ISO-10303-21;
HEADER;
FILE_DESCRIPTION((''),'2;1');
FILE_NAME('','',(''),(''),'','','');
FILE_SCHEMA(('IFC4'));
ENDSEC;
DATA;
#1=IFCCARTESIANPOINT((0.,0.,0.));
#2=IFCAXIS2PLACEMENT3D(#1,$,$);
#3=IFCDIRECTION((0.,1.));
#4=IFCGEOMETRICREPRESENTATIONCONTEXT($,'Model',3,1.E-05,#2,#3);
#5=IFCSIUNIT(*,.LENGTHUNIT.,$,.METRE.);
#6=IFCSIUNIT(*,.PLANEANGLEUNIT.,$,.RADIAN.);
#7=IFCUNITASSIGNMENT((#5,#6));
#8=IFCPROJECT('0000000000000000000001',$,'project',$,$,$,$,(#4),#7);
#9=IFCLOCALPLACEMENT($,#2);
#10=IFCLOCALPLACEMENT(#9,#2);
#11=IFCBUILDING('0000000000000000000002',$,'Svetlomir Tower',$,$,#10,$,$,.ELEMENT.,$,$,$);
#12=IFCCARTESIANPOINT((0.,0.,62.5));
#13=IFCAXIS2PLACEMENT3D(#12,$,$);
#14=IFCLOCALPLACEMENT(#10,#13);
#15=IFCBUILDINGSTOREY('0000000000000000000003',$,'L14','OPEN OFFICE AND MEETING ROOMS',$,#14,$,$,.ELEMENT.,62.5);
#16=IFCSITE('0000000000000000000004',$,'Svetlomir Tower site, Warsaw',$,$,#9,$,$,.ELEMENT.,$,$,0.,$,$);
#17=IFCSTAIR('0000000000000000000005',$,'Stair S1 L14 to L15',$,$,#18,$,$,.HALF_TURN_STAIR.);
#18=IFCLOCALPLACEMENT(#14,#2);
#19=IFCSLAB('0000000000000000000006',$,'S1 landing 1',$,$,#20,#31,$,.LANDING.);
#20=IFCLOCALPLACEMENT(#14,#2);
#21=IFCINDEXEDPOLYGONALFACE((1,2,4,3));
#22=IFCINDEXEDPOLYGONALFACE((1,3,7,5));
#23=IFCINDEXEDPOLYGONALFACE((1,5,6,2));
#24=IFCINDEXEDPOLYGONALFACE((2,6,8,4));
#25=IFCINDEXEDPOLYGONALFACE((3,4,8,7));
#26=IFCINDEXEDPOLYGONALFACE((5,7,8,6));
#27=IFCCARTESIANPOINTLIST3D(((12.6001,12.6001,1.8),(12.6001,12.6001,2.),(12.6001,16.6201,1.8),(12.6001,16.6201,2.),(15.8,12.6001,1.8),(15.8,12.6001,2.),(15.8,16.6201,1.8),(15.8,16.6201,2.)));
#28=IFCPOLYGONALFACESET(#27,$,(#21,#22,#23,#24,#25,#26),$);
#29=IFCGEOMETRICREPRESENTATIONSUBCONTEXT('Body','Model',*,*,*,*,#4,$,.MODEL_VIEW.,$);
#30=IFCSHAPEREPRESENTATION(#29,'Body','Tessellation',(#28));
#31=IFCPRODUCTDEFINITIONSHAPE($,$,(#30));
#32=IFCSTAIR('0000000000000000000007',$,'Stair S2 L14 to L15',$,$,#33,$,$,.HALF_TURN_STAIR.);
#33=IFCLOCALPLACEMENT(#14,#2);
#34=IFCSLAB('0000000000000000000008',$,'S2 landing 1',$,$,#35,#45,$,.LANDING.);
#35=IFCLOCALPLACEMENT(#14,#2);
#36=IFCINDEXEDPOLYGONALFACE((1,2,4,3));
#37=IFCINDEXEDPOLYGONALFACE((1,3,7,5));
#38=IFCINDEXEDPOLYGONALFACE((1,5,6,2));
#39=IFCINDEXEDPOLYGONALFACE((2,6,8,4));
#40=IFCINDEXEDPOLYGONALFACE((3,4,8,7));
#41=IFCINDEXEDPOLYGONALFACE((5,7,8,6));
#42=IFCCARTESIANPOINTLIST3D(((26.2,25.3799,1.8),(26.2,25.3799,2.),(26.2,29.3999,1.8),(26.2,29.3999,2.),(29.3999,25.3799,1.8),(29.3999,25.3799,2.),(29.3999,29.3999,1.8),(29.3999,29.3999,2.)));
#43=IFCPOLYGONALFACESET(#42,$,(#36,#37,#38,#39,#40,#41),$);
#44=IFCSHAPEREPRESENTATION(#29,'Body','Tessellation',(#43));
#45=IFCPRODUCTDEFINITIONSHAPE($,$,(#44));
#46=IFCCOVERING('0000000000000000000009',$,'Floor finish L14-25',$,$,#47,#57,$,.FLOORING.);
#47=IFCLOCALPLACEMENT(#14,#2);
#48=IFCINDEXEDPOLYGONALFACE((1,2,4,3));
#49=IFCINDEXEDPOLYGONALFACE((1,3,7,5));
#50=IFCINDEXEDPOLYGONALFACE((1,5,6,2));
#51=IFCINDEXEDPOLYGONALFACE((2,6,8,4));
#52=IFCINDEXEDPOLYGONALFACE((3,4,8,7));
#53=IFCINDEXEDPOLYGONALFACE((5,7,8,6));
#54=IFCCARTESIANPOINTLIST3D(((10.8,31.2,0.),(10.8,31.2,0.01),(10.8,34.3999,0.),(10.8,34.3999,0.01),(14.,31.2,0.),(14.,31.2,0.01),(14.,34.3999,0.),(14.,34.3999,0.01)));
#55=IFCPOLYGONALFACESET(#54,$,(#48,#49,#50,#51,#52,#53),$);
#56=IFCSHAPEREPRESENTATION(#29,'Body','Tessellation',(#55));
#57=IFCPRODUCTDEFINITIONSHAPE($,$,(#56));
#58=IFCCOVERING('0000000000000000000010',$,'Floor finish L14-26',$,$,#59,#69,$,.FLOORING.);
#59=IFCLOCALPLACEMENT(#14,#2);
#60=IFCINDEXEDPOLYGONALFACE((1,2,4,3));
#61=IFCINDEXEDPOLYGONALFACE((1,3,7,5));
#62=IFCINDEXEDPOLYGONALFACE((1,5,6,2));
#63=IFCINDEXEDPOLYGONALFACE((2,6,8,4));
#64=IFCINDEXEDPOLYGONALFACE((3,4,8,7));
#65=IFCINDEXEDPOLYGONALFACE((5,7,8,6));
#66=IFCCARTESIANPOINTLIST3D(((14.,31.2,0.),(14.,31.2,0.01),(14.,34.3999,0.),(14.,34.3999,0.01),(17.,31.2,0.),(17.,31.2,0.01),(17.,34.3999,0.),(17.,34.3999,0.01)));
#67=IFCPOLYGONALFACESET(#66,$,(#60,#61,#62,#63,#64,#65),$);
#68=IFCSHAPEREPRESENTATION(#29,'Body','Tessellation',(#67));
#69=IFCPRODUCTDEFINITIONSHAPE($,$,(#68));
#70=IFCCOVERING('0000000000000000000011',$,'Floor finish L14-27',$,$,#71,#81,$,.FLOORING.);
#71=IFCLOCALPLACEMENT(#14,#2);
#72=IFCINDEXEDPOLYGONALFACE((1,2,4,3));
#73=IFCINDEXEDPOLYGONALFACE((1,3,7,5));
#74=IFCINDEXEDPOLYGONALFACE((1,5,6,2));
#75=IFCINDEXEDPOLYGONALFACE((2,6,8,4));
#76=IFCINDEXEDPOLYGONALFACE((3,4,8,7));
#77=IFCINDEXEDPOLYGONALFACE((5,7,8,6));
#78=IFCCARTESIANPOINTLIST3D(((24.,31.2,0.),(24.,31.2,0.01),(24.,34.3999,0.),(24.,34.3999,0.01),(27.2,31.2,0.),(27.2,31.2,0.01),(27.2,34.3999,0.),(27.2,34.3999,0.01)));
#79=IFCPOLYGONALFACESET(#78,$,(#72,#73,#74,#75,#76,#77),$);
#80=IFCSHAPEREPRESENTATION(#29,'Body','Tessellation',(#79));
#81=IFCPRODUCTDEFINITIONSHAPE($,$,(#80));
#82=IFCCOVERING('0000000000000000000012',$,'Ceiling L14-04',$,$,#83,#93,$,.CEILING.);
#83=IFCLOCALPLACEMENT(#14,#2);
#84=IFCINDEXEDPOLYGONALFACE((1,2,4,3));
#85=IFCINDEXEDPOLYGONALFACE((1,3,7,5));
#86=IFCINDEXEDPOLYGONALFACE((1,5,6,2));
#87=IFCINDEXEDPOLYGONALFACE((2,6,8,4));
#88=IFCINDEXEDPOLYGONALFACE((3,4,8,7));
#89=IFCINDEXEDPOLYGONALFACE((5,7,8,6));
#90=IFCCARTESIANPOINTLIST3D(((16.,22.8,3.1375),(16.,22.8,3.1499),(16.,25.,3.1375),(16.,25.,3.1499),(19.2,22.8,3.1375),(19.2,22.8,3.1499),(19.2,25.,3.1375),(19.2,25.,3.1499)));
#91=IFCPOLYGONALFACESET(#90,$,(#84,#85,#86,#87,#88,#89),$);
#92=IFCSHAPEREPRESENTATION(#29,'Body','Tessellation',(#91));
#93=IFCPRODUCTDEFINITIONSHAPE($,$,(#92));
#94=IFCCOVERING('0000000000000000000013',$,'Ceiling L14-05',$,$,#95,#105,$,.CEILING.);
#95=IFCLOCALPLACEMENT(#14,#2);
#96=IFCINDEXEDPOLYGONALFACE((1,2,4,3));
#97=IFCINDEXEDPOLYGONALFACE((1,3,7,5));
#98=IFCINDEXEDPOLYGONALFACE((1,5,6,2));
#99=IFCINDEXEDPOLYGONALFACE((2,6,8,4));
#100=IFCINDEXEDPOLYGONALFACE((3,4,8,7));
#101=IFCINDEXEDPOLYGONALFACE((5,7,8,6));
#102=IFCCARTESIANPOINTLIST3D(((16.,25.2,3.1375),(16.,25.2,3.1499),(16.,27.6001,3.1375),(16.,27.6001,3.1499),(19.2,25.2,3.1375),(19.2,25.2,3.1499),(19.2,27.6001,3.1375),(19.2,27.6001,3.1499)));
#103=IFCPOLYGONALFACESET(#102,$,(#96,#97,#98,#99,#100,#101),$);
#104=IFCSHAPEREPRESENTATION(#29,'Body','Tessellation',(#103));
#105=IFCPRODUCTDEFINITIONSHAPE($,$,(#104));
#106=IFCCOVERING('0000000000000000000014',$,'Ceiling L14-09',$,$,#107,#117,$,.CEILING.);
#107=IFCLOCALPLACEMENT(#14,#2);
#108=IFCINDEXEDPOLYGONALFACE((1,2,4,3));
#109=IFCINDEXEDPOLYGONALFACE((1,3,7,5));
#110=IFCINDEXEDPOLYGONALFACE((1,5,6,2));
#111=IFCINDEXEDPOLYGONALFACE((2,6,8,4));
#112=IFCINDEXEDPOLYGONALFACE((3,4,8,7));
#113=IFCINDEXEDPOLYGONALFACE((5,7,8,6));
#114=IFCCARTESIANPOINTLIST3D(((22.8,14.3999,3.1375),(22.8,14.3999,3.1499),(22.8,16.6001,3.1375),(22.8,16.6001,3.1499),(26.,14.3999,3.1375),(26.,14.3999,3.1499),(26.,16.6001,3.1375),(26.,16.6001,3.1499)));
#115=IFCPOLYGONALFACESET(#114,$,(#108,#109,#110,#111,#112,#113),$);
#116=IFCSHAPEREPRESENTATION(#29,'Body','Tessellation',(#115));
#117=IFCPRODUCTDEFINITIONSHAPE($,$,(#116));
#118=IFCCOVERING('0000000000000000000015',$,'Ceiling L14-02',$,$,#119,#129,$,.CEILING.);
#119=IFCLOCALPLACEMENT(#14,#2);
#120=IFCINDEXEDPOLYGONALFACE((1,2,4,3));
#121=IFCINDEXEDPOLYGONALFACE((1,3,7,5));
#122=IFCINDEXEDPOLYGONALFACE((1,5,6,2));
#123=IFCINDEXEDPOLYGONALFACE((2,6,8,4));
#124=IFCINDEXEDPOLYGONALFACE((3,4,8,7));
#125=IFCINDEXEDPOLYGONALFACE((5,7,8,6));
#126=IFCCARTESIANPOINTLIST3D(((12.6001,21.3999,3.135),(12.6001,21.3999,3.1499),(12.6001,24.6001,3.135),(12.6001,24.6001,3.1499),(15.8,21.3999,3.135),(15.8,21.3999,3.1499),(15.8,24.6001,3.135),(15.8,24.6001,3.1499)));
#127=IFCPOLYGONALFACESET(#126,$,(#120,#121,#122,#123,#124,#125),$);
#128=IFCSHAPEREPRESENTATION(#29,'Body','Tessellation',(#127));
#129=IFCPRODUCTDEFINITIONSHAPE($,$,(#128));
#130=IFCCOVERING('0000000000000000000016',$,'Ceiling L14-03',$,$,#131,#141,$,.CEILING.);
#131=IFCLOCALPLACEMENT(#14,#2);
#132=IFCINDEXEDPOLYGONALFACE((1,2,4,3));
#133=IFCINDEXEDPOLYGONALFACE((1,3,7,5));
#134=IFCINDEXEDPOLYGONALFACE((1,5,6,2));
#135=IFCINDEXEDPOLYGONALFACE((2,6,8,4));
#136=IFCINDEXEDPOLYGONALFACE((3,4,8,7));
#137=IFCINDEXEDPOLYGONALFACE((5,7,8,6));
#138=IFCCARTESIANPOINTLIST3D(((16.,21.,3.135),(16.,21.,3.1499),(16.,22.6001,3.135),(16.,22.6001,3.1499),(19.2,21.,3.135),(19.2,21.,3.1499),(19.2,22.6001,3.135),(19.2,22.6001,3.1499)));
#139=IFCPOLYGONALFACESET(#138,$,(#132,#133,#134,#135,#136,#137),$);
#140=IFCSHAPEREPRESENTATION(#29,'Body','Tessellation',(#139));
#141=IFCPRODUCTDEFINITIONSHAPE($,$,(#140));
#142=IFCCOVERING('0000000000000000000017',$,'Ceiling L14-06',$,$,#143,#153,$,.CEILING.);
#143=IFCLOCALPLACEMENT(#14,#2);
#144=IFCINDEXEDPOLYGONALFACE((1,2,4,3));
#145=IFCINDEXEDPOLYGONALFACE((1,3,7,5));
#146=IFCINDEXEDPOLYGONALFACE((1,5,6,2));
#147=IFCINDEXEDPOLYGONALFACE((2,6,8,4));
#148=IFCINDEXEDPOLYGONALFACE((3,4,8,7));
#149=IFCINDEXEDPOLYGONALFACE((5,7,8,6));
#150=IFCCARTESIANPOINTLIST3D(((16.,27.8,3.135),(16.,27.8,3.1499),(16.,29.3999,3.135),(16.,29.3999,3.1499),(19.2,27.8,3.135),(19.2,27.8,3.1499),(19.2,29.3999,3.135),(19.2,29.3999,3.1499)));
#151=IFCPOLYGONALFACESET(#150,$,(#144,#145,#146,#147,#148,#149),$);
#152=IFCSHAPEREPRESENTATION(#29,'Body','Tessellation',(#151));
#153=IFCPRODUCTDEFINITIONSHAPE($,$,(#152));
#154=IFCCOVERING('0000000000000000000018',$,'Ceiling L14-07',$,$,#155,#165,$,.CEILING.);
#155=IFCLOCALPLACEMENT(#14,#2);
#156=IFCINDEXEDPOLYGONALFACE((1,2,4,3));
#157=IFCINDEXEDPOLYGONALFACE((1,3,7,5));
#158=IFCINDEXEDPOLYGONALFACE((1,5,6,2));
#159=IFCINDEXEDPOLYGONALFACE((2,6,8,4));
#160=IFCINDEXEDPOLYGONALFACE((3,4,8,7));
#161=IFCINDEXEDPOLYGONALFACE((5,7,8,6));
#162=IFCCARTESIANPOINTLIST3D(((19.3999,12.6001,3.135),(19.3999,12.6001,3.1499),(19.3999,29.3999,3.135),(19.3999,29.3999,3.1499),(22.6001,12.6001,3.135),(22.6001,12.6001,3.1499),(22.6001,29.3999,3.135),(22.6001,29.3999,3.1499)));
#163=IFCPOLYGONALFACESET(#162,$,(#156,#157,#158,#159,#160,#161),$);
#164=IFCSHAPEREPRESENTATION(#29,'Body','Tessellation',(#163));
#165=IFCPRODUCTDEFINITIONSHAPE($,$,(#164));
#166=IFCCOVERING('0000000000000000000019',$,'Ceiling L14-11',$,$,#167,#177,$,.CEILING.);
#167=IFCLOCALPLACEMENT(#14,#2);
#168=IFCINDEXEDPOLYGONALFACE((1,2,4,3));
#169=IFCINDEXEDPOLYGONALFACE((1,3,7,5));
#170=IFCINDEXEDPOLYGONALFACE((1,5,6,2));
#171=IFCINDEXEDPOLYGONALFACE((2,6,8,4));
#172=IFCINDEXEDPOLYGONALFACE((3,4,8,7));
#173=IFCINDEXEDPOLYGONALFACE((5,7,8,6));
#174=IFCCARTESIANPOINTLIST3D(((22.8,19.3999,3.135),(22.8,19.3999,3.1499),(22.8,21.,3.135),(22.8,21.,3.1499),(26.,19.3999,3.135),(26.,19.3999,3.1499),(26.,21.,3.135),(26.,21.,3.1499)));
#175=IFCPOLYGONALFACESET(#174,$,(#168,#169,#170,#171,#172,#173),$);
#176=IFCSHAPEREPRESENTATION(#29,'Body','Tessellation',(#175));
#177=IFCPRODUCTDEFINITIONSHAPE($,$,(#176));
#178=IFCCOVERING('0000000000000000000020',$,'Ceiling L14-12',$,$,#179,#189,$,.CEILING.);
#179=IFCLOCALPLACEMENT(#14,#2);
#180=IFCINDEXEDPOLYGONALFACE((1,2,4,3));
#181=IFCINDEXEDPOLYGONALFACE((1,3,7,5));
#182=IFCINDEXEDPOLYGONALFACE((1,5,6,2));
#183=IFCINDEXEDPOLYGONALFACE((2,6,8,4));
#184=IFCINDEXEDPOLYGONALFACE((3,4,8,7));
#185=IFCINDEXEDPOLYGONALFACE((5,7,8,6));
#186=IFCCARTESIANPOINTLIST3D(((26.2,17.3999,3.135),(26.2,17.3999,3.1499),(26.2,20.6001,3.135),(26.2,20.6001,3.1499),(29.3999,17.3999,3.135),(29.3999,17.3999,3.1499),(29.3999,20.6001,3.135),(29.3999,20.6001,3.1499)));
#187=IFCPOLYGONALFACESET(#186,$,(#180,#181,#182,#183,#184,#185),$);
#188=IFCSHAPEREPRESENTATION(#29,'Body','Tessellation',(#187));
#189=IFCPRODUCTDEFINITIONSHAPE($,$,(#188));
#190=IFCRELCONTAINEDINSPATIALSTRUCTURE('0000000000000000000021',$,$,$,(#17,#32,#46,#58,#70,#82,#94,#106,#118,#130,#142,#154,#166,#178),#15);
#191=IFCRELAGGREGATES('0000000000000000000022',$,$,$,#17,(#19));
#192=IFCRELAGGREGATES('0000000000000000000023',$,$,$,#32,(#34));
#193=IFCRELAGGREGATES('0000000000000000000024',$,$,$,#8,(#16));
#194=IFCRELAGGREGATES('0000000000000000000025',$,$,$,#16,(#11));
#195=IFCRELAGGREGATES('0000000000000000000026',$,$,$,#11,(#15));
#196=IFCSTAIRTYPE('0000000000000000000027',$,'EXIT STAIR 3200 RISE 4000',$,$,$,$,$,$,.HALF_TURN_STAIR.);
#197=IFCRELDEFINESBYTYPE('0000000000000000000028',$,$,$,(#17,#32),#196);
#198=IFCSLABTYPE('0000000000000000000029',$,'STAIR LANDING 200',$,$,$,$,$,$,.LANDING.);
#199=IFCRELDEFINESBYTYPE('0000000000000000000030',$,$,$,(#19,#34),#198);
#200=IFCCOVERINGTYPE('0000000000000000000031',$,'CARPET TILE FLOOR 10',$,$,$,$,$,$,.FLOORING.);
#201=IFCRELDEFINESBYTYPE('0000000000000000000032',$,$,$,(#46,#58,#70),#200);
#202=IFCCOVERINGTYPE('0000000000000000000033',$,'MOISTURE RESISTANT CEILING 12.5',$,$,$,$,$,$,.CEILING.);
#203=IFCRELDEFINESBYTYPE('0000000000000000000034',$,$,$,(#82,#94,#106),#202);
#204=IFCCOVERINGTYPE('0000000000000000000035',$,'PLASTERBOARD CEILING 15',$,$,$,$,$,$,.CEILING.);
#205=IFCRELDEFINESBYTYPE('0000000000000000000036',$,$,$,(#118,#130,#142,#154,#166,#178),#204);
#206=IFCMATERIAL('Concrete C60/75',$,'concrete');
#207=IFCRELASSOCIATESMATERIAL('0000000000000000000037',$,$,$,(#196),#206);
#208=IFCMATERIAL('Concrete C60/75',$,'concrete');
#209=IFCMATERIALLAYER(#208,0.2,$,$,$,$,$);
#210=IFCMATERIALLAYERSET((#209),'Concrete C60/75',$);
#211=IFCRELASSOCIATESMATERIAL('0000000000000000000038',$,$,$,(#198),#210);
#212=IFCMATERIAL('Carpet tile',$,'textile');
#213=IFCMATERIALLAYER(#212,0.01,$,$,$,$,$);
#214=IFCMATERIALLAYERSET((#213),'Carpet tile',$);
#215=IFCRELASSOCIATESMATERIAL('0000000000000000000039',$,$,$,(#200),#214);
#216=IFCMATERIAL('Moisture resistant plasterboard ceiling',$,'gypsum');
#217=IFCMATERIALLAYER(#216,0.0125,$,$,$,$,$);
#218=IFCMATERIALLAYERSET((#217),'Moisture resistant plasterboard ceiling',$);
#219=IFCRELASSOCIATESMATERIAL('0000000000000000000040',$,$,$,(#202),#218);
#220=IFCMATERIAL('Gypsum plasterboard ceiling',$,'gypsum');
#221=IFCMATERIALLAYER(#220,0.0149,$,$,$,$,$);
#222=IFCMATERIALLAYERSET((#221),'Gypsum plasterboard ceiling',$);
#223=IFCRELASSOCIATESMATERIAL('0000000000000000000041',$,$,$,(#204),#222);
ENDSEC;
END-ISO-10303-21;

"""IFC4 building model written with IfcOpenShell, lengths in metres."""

from ifc_helpers import new_model, si_unit, direction, frame, origin, place, context, subcontext, project, spatial, polyline, outline, extrude, material, layer, layer_set, type_object, element, aggregate, save


model = new_model("IFC4")

# Units and contexts
model_context = context("Model", 3, precision=1e-05, world=origin(), true_north=direction((0.0, 1.0)))
body_context = subcontext(model_context, "Body", "Model", "MODEL_VIEW")
ifc_project = project(units=[si_unit("LENGTHUNIT", "METRE"), si_unit("PLANEANGLEUNIT", "RADIAN")], contexts=[model_context])

# Site, building, storey
site_placement = place(None, origin())
site = spatial("IfcSite", under=ifc_project, at=site_placement, Name="Svetlomir Tower site, Warsaw", CompositionType="ELEMENT", RefElevation=0.0)
building_placement = place(site_placement, origin())
building = spatial("IfcBuilding", under=site, at=building_placement, Name="Svetlomir Tower", CompositionType="ELEMENT")
storey_placement = place(building_placement, frame((0.0, 0.0, 62.5)))
storey = spatial("IfcBuildingStorey", under=building, at=storey_placement, Name="L14", Description="OPEN OFFICE AND MEETING ROOMS", CompositionType="ELEMENT", Elevation=62.5)

# Stairs, slabs
ifc_material_1 = material(Name="Concrete C60/75", Category="concrete")
stair_type = type_object("IfcStairType", Name="EXIT STAIR 3200 RISE 4000", PredefinedType="HALF_TURN_STAIR", material=ifc_material_1)
stair_1_placement = place(storey_placement, origin())
stair_1 = element("IfcStair", 1, at=stair_1_placement, inside=storey, type_object=stair_type, Name="Stair S1 L14 to L15", PredefinedType="HALF_TURN_STAIR")
ifc_material_2 = material(Name="Concrete C60/75", Category="concrete")
ifc_layer_1 = layer(ifc_material_2, 0.2)
ifc_layer_set_1 = layer_set([ifc_layer_1], Name="Concrete C60/75")
slab_type = type_object("IfcSlabType", Name="STAIR LANDING 200", PredefinedType="LANDING", material=ifc_layer_set_1)
slab_1_placement = place(storey_placement, frame((0.0, 0.0, 1.8)))
slab_1 = element("IfcSlab", 2, at=slab_1_placement, type_object=slab_type, Name="S1 landing 1", PredefinedType="LANDING", context=body_context, shape_type="SweptSolid", body=[
    extrude(outline(polyline([(12.6001, 12.6001), (15.8, 12.6001), (15.8, 16.6201), (12.6001, 16.6201), (12.6001, 12.6001)])), origin(), (0.0, 0.0, 1.0), 0.2),
])
aggregate(stair_1, [slab_1])
stair_2_placement = place(storey_placement, origin())
stair_2 = element("IfcStair", 3, at=stair_2_placement, inside=storey, type_object=stair_type, Name="Stair S2 L14 to L15", PredefinedType="HALF_TURN_STAIR")
slab_2_placement = place(storey_placement, frame((0.0, 0.0, 1.8)))
slab_2 = element("IfcSlab", 4, at=slab_2_placement, type_object=slab_type, Name="S2 landing 1", PredefinedType="LANDING", context=body_context, shape_type="SweptSolid", body=[
    extrude(outline(polyline([(26.2, 25.3799), (29.3999, 25.3799), (29.3999, 29.3999), (26.2, 29.3999), (26.2, 25.3799)])), origin(), (0.0, 0.0, 1.0), 0.2),
])
aggregate(stair_2, [slab_2])

# Coverings
ifc_material_3 = material(Name="Carpet tile", Category="textile")
ifc_layer_2 = layer(ifc_material_3, 0.01)
ifc_layer_set_2 = layer_set([ifc_layer_2], Name="Carpet tile")
covering_type_1 = type_object("IfcCoveringType", Name="CARPET TILE FLOOR 10", PredefinedType="FLOORING", material=ifc_layer_set_2)
covering_1_placement = place(storey_placement, origin())
element("IfcCovering", 5, at=covering_1_placement, inside=storey, type_object=covering_type_1, Name="Floor finish L14-25", PredefinedType="FLOORING", context=body_context, shape_type="SweptSolid", body=[
    extrude(outline(polyline([(10.8, 31.2), (14.0, 31.2), (14.0, 34.3999), (10.8, 34.3999), (10.8, 31.2)])), origin(), (0.0, 0.0, 1.0), 0.01),
])
covering_2_placement = place(storey_placement, origin())
element("IfcCovering", 6, at=covering_2_placement, inside=storey, type_object=covering_type_1, Name="Floor finish L14-26", PredefinedType="FLOORING", context=body_context, shape_type="SweptSolid", body=[
    extrude(outline(polyline([(14.0, 31.2), (17.0, 31.2), (17.0, 34.3999), (14.0, 34.3999), (14.0, 31.2)])), origin(), (0.0, 0.0, 1.0), 0.01),
])
covering_3_placement = place(storey_placement, origin())
element("IfcCovering", 7, at=covering_3_placement, inside=storey, type_object=covering_type_1, Name="Floor finish L14-27", PredefinedType="FLOORING", context=body_context, shape_type="SweptSolid", body=[
    extrude(outline(polyline([(24.0, 31.2), (27.2, 31.2), (27.2, 34.3999), (24.0, 34.3999), (24.0, 31.2)])), origin(), (0.0, 0.0, 1.0), 0.01),
])
ifc_material_4 = material(Name="Moisture resistant plasterboard ceiling", Category="gypsum")
ifc_layer_3 = layer(ifc_material_4, 0.0125)
ifc_layer_set_3 = layer_set([ifc_layer_3], Name="Moisture resistant plasterboard ceiling")
covering_type_2 = type_object("IfcCoveringType", Name="MOISTURE RESISTANT CEILING 12.5", PredefinedType="CEILING", material=ifc_layer_set_3)
covering_4_placement = place(storey_placement, frame((0.0, 0.0, 3.1375)))
element("IfcCovering", 8, at=covering_4_placement, inside=storey, type_object=covering_type_2, Name="Ceiling L14-04", PredefinedType="CEILING", context=body_context, shape_type="SweptSolid", body=[
    extrude(outline(polyline([(16.0, 22.8), (19.2, 22.8), (19.2, 25.0), (16.0, 25.0), (16.0, 22.8)])), origin(), (0.0, 0.0, 1.0), 0.0125),
])
covering_5_placement = place(storey_placement, frame((0.0, 0.0, 3.1375)))
element("IfcCovering", 9, at=covering_5_placement, inside=storey, type_object=covering_type_2, Name="Ceiling L14-05", PredefinedType="CEILING", context=body_context, shape_type="SweptSolid", body=[
    extrude(outline(polyline([(16.0, 25.2), (19.2, 25.2), (19.2, 27.6001), (16.0, 27.6001), (16.0, 25.2)])), origin(), (0.0, 0.0, 1.0), 0.0125),
])
covering_6_placement = place(storey_placement, frame((0.0, 0.0, 3.1375)))
element("IfcCovering", 10, at=covering_6_placement, inside=storey, type_object=covering_type_2, Name="Ceiling L14-09", PredefinedType="CEILING", context=body_context, shape_type="SweptSolid", body=[
    extrude(outline(polyline([(22.8, 14.3999), (26.0, 14.3999), (26.0, 16.6001), (22.8, 16.6001), (22.8, 14.3999)])), origin(), (0.0, 0.0, 1.0), 0.0125),
])
ifc_material_5 = material(Name="Gypsum plasterboard ceiling", Category="gypsum")
ifc_layer_4 = layer(ifc_material_5, 0.0149)
ifc_layer_set_4 = layer_set([ifc_layer_4], Name="Gypsum plasterboard ceiling")
covering_type_3 = type_object("IfcCoveringType", Name="PLASTERBOARD CEILING 15", PredefinedType="CEILING", material=ifc_layer_set_4)
covering_7_placement = place(storey_placement, frame((0.0, 0.0, 3.135)))
element("IfcCovering", 11, at=covering_7_placement, inside=storey, type_object=covering_type_3, Name="Ceiling L14-02", PredefinedType="CEILING", context=body_context, shape_type="SweptSolid", body=[
    extrude(outline(polyline([(12.6001, 21.3999), (15.8, 21.3999), (15.8, 24.6001), (12.6001, 24.6001), (12.6001, 21.3999)])), origin(), (0.0, 0.0, 1.0), 0.0149),
])
covering_8_placement = place(storey_placement, frame((0.0, 0.0, 3.135)))
element("IfcCovering", 12, at=covering_8_placement, inside=storey, type_object=covering_type_3, Name="Ceiling L14-03", PredefinedType="CEILING", context=body_context, shape_type="SweptSolid", body=[
    extrude(outline(polyline([(16.0, 21.0), (19.2, 21.0), (19.2, 22.6001), (16.0, 22.6001), (16.0, 21.0)])), origin(), (0.0, 0.0, 1.0), 0.0149),
])
covering_9_placement = place(storey_placement, frame((0.0, 0.0, 3.135)))
element("IfcCovering", 13, at=covering_9_placement, inside=storey, type_object=covering_type_3, Name="Ceiling L14-06", PredefinedType="CEILING", context=body_context, shape_type="SweptSolid", body=[
    extrude(outline(polyline([(16.0, 27.8), (19.2, 27.8), (19.2, 29.3999), (16.0, 29.3999), (16.0, 27.8)])), origin(), (0.0, 0.0, 1.0), 0.0149),
])
covering_10_placement = place(storey_placement, frame((0.0, 0.0, 3.135)))
element("IfcCovering", 14, at=covering_10_placement, inside=storey, type_object=covering_type_3, Name="Ceiling L14-07", PredefinedType="CEILING", context=body_context, shape_type="SweptSolid", body=[
    extrude(outline(polyline([(19.3999, 12.6001), (22.6001, 12.6001), (22.6001, 29.3999), (19.3999, 29.3999), (19.3999, 12.6001)])), origin(), (0.0, 0.0, 1.0), 0.0149),
])
covering_11_placement = place(storey_placement, frame((0.0, 0.0, 3.135)))
element("IfcCovering", 15, at=covering_11_placement, inside=storey, type_object=covering_type_3, Name="Ceiling L14-11", PredefinedType="CEILING", context=body_context, shape_type="SweptSolid", body=[
    extrude(outline(polyline([(22.8, 19.3999), (26.0, 19.3999), (26.0, 21.0), (22.8, 21.0), (22.8, 19.3999)])), origin(), (0.0, 0.0, 1.0), 0.0149),
])
covering_12_placement = place(storey_placement, frame((0.0, 0.0, 3.135)))
element("IfcCovering", 16, at=covering_12_placement, inside=storey, type_object=covering_type_3, Name="Ceiling L14-12", PredefinedType="CEILING", context=body_context, shape_type="SweptSolid", body=[
    extrude(outline(polyline([(26.2, 17.3999), (29.3999, 17.3999), (29.3999, 20.6001), (26.2, 20.6001), (26.2, 17.3999)])), origin(), (0.0, 0.0, 1.0), 0.0149),
])

save(model, "model.ifc")
